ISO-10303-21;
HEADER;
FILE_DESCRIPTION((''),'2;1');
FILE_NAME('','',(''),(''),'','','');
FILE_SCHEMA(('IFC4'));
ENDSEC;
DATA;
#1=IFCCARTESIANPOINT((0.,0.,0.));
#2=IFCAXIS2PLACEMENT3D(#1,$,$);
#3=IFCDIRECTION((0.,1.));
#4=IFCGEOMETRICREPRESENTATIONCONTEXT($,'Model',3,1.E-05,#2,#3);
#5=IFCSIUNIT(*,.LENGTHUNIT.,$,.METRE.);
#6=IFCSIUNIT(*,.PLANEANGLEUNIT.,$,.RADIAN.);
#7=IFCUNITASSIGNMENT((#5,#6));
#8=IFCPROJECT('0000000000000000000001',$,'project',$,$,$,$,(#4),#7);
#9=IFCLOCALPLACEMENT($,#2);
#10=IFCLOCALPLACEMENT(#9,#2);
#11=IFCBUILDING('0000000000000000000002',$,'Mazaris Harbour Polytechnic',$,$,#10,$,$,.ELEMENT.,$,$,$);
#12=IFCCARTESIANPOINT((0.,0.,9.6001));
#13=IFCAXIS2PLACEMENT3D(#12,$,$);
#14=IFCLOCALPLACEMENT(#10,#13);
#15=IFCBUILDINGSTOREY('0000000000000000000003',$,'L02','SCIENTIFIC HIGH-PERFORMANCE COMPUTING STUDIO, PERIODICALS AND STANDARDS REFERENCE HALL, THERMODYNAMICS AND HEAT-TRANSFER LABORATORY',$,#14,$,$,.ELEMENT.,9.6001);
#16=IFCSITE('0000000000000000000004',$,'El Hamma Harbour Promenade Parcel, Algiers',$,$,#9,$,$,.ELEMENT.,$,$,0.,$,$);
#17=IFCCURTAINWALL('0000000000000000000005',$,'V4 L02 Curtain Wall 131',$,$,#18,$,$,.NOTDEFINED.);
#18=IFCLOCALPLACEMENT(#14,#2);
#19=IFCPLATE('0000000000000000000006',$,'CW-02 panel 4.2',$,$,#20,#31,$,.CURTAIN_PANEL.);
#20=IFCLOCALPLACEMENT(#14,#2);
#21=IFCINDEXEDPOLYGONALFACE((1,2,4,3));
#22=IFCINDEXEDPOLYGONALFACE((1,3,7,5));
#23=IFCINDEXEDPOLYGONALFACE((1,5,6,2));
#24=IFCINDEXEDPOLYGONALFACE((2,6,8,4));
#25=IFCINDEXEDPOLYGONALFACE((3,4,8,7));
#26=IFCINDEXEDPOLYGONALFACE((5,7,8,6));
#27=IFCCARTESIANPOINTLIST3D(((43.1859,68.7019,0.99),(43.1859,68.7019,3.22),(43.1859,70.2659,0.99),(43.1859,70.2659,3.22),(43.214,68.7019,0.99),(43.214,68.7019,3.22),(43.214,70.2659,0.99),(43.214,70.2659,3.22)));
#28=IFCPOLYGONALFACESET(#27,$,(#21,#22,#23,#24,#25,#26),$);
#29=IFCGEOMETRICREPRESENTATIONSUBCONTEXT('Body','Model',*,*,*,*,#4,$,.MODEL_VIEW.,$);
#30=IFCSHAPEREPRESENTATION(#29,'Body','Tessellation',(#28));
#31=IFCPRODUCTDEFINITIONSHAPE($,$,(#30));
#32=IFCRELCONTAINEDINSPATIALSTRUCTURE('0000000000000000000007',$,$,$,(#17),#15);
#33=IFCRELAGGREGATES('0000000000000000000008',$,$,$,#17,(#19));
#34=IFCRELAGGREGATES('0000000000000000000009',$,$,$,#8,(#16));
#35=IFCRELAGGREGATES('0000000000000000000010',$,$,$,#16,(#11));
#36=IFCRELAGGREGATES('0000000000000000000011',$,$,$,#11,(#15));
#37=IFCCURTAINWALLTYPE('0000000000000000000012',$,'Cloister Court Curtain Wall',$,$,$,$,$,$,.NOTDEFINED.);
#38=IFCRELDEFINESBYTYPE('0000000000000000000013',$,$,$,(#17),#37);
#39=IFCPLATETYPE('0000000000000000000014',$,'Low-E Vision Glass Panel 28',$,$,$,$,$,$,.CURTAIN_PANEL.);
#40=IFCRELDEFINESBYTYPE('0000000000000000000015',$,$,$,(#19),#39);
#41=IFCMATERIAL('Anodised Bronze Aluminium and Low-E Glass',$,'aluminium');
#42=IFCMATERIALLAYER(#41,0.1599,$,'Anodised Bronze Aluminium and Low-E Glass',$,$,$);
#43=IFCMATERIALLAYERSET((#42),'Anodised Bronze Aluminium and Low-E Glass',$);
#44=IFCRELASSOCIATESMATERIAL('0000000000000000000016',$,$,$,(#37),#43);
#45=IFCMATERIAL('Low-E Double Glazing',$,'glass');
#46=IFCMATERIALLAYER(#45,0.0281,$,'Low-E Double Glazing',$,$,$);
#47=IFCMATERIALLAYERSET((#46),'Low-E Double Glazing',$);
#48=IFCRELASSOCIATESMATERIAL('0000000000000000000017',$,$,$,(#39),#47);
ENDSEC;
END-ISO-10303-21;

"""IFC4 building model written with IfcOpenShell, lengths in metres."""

from ifc_helpers import new_model, si_unit, direction, frame, origin, origin_2d, place, context, subcontext, project, spatial, rectangle, extrude, material, layer, layer_set, type_object, element, aggregate, save


model = new_model("IFC4")

# Units and contexts
model_context = context("Model", 3, precision=1e-05, world=origin(), true_north=direction((0.0, 1.0)))
body_context = subcontext(model_context, "Body", "Model", "MODEL_VIEW")
ifc_project = project(units=[si_unit("LENGTHUNIT", "METRE"), si_unit("PLANEANGLEUNIT", "RADIAN")], contexts=[model_context])

# Site, building, storey
site_placement = place(None, origin())
site = spatial("IfcSite", under=ifc_project, at=site_placement, Name="El Hamma Harbour Promenade Parcel, Algiers", CompositionType="ELEMENT", RefElevation=0.0)
building_placement = place(site_placement, origin())
building = spatial("IfcBuilding", under=site, at=building_placement, Name="Mazaris Harbour Polytechnic", CompositionType="ELEMENT")
storey_placement = place(building_placement, frame((0.0, 0.0, 9.6001)))
storey = spatial("IfcBuildingStorey", under=building, at=storey_placement, Name="L02", Description="SCIENTIFIC HIGH-PERFORMANCE COMPUTING STUDIO, PERIODICALS AND STANDARDS REFERENCE HALL, THERMODYNAMICS AND HEAT-TRANSFER LABORATORY", CompositionType="ELEMENT", Elevation=9.6001)

# Curtain wall
ifc_material_1 = material(Name="Anodised Bronze Aluminium and Low-E Glass", Category="aluminium")
ifc_layer_1 = layer(ifc_material_1, 0.1599, Name="Anodised Bronze Aluminium and Low-E Glass")
ifc_layer_set_1 = layer_set([ifc_layer_1], Name="Anodised Bronze Aluminium and Low-E Glass")
curtain_wall_type = type_object("IfcCurtainWallType", Name="Cloister Court Curtain Wall", PredefinedType="NOTDEFINED", material=ifc_layer_set_1)
curtain_wall_placement = place(storey_placement, origin())
curtain_wall = element("IfcCurtainWall", 1, at=curtain_wall_placement, inside=storey, type_object=curtain_wall_type, Name="V4 L02 Curtain Wall 131", PredefinedType="NOTDEFINED")

# Plate
ifc_material_2 = material(Name="Low-E Double Glazing", Category="glass")
ifc_layer_2 = layer(ifc_material_2, 0.0281, Name="Low-E Double Glazing")
ifc_layer_set_2 = layer_set([ifc_layer_2], Name="Low-E Double Glazing")
plate_type = type_object("IfcPlateType", Name="Low-E Vision Glass Panel 28", PredefinedType="CURTAIN_PANEL", material=ifc_layer_set_2)
plate_1_placement = place(storey_placement, frame((43.2, 69.4839, 0.99), z_axis=(0.0, 0.0, 1.0), x_axis=(0.0, -1.0, 0.0)))
plate_1 = element("IfcPlate", 2, at=plate_1_placement, type_object=plate_type, Name="CW-02 panel 4.2", PredefinedType="CURTAIN_PANEL", context=body_context, shape_type="SweptSolid", body=[
    extrude(rectangle(XDim=1.564, YDim=0.0281, at=origin_2d()), origin(), (0.0, 0.0, 1.0), 2.23),
])
aggregate(curtain_wall, [plate_1])

save(model, "model.ifc")
